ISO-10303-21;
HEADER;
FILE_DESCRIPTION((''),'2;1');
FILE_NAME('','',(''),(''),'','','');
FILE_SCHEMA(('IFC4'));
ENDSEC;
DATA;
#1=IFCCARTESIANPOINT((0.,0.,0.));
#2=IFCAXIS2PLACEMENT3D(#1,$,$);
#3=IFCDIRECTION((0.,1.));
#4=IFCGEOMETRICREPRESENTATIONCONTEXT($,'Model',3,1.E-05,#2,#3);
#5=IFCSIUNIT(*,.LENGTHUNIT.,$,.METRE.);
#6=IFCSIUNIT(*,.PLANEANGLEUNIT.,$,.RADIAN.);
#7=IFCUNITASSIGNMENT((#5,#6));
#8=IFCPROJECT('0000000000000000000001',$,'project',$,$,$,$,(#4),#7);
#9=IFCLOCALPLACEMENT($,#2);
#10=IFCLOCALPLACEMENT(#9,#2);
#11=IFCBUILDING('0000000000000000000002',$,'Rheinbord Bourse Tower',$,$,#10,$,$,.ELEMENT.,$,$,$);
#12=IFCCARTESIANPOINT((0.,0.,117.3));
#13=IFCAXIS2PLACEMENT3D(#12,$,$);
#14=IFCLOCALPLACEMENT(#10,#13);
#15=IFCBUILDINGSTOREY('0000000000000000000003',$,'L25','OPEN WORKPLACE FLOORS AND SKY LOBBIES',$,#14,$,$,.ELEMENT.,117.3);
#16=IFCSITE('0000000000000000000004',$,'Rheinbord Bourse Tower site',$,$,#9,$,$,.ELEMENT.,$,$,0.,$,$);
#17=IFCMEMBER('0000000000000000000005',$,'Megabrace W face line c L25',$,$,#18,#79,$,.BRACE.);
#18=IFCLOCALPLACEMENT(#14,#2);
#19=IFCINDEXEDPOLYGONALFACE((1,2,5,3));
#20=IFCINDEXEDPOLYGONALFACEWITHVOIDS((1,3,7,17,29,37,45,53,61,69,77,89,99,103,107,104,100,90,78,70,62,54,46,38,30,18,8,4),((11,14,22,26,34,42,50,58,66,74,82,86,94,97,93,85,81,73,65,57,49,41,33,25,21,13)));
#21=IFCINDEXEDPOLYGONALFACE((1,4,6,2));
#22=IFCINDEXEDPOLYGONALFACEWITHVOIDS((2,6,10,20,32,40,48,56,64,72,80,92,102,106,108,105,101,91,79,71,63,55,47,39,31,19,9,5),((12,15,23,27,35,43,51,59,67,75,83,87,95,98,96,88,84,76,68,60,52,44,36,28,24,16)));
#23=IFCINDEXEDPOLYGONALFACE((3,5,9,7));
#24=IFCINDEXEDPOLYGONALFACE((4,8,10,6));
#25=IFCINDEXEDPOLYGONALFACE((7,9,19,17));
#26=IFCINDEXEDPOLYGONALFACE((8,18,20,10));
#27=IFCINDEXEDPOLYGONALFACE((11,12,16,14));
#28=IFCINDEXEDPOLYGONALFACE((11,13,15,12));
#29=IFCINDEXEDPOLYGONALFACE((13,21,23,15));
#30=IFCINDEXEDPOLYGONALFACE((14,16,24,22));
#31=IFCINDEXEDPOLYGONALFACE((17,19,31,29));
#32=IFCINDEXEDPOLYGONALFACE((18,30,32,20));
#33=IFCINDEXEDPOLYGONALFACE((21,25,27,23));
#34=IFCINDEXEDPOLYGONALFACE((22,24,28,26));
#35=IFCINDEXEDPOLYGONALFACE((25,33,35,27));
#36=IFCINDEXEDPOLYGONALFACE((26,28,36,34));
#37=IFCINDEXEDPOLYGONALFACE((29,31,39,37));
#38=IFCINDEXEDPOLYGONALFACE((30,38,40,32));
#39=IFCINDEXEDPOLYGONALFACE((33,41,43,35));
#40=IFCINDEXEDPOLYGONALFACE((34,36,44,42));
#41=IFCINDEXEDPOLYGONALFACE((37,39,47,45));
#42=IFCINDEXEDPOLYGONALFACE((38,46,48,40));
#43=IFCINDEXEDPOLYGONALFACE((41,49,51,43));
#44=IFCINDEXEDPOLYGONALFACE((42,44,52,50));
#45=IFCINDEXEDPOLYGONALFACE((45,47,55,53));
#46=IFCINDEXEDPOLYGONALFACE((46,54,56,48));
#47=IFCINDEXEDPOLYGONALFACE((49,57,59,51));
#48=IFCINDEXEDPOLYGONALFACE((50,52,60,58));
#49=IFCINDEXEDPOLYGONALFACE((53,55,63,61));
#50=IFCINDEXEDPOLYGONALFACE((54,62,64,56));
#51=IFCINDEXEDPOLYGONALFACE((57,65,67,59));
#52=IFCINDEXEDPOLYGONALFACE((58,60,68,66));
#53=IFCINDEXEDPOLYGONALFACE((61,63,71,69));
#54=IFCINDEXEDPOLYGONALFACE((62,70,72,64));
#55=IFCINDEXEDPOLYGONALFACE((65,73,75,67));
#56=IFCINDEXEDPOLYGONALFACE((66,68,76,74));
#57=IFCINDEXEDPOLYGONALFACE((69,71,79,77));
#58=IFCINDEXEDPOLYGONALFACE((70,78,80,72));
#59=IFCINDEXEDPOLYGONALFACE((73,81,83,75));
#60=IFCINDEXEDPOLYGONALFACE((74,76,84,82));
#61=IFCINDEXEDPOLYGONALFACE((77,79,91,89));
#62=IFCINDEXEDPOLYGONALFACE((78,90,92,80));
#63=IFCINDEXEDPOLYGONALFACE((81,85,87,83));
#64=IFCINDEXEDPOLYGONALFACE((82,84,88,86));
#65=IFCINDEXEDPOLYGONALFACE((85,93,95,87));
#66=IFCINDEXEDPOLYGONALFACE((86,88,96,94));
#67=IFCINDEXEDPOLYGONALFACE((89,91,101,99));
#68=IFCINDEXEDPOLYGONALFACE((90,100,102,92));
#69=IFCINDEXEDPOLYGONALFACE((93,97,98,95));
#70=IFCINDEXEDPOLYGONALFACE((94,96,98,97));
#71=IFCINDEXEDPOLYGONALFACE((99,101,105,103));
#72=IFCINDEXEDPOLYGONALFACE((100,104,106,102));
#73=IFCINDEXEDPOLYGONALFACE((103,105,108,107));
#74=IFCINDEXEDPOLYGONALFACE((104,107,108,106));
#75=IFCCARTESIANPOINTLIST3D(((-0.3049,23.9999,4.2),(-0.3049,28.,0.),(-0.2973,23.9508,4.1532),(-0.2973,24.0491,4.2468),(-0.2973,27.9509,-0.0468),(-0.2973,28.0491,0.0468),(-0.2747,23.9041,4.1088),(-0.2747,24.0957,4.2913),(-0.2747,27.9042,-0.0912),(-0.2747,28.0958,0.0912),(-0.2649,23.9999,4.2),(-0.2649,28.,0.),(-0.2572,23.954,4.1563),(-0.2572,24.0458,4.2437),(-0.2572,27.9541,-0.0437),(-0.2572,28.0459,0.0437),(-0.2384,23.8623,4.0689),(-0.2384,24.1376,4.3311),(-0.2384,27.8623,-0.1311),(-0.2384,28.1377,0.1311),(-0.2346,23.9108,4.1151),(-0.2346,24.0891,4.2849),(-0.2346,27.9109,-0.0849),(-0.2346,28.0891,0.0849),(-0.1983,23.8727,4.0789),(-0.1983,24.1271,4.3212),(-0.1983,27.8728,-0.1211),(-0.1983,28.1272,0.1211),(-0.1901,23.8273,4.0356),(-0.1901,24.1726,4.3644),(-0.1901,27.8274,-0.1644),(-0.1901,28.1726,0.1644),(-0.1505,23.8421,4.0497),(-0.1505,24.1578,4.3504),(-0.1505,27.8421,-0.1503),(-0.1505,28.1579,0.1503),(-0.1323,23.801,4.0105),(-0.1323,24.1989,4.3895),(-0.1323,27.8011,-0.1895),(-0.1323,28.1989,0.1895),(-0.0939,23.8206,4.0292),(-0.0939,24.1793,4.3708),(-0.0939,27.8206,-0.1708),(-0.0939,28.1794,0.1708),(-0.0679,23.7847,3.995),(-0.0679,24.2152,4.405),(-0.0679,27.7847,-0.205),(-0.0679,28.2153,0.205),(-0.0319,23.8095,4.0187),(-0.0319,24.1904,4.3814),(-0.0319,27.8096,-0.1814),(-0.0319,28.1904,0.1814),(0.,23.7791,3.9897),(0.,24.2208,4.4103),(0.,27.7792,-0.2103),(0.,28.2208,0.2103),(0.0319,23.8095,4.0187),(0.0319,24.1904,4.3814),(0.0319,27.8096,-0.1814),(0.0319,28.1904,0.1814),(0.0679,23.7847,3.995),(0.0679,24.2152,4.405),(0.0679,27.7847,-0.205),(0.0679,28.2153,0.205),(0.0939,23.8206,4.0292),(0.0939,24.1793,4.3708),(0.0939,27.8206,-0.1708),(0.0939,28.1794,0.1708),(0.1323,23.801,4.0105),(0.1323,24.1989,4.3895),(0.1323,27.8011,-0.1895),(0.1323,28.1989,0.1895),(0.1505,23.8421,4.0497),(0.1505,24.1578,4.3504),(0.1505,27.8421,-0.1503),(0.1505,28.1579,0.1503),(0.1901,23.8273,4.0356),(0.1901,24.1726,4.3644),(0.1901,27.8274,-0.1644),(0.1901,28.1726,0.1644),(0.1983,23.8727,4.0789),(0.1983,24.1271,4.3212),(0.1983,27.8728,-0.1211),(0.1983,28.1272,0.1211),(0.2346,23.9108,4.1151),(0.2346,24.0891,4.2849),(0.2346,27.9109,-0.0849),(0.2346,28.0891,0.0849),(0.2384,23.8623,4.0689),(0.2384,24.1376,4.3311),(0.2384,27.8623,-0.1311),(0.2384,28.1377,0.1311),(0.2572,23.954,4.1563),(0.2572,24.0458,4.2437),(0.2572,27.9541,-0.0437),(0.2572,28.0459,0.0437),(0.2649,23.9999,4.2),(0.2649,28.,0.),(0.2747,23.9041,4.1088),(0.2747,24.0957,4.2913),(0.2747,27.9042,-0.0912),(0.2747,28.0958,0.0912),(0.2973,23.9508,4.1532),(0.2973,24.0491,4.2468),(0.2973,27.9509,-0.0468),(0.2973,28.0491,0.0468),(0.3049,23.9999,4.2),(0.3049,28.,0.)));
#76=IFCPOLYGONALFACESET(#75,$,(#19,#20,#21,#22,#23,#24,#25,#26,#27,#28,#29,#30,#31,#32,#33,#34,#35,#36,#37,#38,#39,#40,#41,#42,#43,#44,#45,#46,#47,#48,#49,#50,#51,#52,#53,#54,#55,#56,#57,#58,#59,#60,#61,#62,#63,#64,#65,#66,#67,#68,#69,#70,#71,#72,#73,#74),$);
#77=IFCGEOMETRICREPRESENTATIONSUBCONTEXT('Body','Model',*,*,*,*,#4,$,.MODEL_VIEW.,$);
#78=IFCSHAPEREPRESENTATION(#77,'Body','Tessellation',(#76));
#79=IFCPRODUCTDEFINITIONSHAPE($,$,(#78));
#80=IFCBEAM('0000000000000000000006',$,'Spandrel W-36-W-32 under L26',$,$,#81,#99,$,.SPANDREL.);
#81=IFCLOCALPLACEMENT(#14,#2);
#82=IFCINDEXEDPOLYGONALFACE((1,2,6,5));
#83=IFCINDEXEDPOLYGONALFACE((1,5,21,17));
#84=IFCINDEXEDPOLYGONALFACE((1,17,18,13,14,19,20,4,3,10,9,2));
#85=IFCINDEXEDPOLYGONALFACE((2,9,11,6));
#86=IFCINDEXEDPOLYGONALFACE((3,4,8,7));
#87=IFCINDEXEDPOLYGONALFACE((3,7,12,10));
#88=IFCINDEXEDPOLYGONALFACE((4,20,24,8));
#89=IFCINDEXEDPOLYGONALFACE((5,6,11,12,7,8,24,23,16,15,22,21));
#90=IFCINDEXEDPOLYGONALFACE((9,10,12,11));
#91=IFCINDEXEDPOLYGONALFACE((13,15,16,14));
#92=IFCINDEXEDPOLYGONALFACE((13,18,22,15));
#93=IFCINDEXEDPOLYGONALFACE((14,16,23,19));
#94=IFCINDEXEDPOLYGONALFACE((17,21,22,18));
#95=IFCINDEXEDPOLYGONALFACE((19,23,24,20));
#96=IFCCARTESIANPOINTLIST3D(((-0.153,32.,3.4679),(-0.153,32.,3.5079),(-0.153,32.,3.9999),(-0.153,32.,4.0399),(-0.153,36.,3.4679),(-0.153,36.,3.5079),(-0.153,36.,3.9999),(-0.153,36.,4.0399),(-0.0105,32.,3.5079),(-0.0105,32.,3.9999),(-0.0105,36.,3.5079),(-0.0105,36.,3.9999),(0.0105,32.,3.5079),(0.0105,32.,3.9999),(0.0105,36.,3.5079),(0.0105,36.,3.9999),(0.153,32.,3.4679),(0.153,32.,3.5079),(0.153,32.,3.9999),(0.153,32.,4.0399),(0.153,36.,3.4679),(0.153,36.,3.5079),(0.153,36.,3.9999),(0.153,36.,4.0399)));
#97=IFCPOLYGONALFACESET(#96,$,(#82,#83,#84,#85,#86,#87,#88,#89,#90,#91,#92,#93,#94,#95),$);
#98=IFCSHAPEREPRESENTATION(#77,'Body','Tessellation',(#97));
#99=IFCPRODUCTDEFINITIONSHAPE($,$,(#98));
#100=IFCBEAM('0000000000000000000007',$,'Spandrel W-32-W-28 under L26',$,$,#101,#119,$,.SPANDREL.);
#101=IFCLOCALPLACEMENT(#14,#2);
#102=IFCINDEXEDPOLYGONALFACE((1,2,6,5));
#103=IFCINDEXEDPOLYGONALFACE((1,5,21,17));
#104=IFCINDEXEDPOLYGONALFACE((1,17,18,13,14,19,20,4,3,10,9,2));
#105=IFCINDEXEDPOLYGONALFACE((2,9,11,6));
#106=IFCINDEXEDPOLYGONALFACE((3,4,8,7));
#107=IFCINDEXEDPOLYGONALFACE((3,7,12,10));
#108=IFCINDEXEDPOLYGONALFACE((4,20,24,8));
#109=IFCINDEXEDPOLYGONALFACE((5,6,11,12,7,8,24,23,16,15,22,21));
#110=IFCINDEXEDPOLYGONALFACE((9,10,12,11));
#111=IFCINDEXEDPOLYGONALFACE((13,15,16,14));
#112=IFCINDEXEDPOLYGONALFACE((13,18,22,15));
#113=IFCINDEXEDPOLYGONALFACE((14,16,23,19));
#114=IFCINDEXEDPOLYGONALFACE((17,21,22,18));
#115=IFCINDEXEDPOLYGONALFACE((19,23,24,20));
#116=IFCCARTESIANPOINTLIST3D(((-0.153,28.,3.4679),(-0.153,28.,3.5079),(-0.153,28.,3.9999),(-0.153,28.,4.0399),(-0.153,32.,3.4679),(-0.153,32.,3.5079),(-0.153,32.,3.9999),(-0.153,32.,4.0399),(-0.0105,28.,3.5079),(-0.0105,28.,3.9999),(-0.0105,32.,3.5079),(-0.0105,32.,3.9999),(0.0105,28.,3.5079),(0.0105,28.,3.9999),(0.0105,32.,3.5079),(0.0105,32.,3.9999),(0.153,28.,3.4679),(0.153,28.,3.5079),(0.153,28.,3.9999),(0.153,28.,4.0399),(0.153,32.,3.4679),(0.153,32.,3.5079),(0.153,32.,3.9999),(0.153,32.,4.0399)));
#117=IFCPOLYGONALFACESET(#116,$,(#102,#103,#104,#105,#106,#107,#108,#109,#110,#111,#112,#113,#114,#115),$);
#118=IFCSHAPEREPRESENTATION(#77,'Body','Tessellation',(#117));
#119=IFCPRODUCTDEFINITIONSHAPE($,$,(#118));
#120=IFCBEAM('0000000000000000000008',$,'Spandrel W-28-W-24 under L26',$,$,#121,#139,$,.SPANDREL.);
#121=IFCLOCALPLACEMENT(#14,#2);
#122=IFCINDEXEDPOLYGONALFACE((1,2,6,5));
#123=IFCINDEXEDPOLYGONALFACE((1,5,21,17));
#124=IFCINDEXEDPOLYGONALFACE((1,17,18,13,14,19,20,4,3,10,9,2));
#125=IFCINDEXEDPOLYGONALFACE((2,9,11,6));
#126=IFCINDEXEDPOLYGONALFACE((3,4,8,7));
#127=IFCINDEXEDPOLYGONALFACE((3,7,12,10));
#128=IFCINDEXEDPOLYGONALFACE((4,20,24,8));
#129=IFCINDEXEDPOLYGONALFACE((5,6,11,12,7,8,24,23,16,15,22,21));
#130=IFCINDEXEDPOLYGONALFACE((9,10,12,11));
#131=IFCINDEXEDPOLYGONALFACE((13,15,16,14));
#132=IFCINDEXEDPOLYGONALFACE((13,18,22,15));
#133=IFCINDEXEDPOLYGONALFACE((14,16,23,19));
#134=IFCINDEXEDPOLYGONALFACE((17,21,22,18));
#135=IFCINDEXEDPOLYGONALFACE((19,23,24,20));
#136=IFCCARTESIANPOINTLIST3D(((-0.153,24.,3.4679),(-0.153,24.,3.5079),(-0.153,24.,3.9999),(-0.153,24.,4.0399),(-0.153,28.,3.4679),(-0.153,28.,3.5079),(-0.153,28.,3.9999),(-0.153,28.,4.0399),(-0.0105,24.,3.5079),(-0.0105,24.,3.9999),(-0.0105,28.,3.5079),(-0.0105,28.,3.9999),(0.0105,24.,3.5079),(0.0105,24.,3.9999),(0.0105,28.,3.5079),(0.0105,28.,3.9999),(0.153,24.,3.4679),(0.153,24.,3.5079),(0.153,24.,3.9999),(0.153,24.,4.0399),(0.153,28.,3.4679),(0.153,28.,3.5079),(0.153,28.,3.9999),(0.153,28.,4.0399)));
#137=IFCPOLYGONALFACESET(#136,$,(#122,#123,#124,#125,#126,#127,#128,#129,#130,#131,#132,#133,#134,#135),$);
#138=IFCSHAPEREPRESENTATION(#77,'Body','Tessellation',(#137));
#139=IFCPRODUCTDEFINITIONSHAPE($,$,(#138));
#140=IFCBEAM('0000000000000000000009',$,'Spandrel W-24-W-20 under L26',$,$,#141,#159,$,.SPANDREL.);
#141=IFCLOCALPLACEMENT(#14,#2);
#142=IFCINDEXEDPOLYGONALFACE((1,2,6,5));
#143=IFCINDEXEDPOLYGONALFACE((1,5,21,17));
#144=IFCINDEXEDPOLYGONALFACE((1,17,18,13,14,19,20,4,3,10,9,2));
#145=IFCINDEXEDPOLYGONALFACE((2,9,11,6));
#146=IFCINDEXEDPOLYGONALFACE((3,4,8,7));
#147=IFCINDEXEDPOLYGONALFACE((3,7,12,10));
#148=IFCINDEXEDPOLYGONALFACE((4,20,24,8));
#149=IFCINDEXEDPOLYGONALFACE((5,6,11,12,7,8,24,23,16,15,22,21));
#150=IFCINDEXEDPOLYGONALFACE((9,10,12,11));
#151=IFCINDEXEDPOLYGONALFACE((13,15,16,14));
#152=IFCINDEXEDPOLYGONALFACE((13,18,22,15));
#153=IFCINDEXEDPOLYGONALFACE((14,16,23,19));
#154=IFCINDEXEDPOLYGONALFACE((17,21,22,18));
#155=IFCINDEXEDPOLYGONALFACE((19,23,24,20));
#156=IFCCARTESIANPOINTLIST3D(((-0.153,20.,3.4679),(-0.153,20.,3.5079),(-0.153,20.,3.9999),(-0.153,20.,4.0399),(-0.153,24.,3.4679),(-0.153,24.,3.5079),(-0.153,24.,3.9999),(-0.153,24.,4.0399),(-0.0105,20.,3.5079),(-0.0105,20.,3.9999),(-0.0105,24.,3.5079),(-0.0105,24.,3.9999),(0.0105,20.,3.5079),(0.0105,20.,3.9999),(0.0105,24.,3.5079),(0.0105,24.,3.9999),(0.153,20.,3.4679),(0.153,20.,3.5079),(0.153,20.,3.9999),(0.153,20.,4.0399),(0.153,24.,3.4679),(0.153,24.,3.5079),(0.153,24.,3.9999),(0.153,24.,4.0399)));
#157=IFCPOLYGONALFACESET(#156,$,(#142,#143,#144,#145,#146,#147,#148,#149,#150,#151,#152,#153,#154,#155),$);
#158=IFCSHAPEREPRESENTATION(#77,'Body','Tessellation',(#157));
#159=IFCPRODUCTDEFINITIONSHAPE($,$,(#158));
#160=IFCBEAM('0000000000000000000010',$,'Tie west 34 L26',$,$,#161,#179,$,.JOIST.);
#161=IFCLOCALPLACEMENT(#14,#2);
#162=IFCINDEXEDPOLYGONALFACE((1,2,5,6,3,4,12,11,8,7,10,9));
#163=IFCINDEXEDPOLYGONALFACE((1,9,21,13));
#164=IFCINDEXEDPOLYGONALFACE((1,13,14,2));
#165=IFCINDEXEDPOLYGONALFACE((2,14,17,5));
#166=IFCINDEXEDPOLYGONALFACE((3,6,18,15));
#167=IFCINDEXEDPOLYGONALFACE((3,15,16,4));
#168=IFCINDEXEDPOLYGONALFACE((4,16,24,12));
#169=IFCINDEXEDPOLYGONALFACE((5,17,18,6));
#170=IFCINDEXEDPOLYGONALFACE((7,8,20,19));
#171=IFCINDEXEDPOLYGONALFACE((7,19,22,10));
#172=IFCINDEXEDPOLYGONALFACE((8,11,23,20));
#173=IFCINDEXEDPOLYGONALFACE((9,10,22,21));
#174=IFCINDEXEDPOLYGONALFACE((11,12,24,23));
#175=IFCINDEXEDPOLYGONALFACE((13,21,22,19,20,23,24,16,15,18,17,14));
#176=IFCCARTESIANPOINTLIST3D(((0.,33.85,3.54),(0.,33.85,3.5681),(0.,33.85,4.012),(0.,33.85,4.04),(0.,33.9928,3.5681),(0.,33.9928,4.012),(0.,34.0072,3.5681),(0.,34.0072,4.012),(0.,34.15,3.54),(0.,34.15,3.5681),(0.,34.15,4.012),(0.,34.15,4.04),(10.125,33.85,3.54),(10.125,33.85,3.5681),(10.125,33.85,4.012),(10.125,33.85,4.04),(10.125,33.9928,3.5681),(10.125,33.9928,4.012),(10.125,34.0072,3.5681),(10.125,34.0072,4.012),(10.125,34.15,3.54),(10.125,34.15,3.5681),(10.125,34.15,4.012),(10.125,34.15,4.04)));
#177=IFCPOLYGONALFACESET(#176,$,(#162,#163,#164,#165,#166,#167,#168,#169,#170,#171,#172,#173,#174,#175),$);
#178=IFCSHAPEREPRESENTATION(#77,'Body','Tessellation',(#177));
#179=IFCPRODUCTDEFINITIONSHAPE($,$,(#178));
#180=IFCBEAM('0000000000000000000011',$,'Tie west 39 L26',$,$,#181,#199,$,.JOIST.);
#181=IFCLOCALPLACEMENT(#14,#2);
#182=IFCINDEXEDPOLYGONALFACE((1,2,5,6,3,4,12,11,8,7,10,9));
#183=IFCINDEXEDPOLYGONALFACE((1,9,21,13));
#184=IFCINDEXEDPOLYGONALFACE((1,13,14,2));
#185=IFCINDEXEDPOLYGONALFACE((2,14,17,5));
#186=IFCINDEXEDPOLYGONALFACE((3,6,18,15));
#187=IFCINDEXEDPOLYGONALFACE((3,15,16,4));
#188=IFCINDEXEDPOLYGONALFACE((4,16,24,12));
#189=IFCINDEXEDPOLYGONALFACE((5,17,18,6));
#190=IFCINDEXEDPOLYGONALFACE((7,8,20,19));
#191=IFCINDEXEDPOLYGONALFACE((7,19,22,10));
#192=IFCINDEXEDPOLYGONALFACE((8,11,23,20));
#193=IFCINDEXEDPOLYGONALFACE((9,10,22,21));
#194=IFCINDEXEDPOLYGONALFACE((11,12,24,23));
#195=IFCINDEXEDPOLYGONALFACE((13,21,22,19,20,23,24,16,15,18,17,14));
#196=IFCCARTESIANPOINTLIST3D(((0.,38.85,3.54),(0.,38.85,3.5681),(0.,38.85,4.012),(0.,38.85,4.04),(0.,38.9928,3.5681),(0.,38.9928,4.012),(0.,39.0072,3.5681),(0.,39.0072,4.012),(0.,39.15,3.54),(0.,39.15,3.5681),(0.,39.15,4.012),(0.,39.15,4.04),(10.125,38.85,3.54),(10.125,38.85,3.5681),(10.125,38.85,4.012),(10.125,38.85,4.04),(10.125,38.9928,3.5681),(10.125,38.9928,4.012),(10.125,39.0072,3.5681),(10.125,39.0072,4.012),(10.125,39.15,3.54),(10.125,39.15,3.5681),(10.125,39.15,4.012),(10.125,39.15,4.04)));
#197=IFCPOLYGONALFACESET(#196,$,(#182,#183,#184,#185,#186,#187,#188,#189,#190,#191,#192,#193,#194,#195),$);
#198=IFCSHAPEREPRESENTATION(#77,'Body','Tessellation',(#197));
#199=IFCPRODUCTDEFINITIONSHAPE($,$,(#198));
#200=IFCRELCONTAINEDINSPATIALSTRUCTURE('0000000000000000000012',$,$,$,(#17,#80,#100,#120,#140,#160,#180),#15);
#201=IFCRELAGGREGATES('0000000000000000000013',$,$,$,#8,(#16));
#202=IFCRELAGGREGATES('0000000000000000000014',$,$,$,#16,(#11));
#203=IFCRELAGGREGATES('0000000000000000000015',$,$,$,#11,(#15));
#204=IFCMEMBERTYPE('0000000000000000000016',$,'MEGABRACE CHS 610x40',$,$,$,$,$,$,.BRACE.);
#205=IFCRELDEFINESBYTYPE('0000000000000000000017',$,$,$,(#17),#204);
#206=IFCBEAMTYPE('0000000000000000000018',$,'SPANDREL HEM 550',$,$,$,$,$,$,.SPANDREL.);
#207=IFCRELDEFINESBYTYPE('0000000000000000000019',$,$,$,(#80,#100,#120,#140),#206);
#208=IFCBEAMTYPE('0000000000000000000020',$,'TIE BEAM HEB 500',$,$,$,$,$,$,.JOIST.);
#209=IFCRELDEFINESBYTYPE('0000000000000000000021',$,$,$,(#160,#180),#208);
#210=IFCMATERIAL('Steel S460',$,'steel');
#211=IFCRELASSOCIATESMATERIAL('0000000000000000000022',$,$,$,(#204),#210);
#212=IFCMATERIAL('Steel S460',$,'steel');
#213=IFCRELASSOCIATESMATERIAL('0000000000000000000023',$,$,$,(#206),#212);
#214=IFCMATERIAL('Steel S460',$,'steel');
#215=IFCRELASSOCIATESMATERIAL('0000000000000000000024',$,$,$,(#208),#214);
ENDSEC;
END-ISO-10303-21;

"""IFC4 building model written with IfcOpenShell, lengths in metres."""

from ifc_helpers import new_model, si_unit, direction, frame, origin, origin_2d, place, context, subcontext, project, spatial, hollow_circle, i_section, extrude, material, material_profile, profile_set, type_object, element, save


model = new_model("IFC4")

# Units and contexts
model_context = context("Model", 3, precision=1e-05, world=origin(), true_north=direction((0.0, 1.0)))
body_context = subcontext(model_context, "Body", "Model", "MODEL_VIEW")
ifc_project = project(units=[si_unit("LENGTHUNIT", "METRE"), si_unit("PLANEANGLEUNIT", "RADIAN")], contexts=[model_context])

# Site, building, storey
site_placement = place(None, origin())
site = spatial("IfcSite", under=ifc_project, at=site_placement, Name="Rheinbord Bourse Tower site", CompositionType="ELEMENT", RefElevation=0.0)
building_placement = place(site_placement, origin())
building = spatial("IfcBuilding", under=site, at=building_placement, Name="Rheinbord Bourse Tower", CompositionType="ELEMENT")
storey_placement = place(building_placement, frame((0.0, 0.0, 117.3)))
storey = spatial("IfcBuildingStorey", under=building, at=storey_placement, Name="L25", Description="OPEN WORKPLACE FLOORS AND SKY LOBBIES", CompositionType="ELEMENT", Elevation=117.3)

# Member
ifc_material_1 = material(Name="Steel S460", Category="steel")
ifc_material_profile_1 = material_profile(ifc_material_1, hollow_circle(Radius=0.3049, WallThickness=0.04, at=origin_2d()), Name="CHS 610x40")
ifc_profile_set_1 = profile_set([ifc_material_profile_1], Name="Steel S460")
member_type_1 = type_object("IfcMemberType", Name="MEGABRACE CHS 610x40", PredefinedType="BRACE", material=ifc_profile_set_1)
member_1_placement = place(storey_placement, frame((0.0, 28.0, 0.0), z_axis=(0.0, -0.689659, 0.724134), x_axis=(1.0, 0.0, 0.0)))
element("IfcMember", 1, at=member_1_placement, inside=storey, type_object=member_type_1, Name="Megabrace W face line c L25", PredefinedType="BRACE", context=body_context, shape_type="SweptSolid", body=[
    extrude(hollow_circle(Radius=0.3049, WallThickness=0.04, at=origin_2d()), origin(), (0.0, 0.0, 1.0), 5.8),
])

# Beams
ifc_material_2 = material(Name="Steel S460", Category="steel")
ifc_material_profile_2 = material_profile(ifc_material_2, i_section(OverallWidth=0.3059, OverallDepth=0.572, WebThickness=0.021, FlangeThickness=0.04, at=origin_2d()), Name="HEM 550")
ifc_profile_set_2 = profile_set([ifc_material_profile_2], Name="Steel S460")
beam_type_1 = type_object("IfcBeamType", Name="SPANDREL HEM 550", PredefinedType="SPANDREL", material=ifc_profile_set_2)
for number, where, z_axis, x_axis, name in (
    (2, (0.0, 36.0, 3.7539), (0.0, -1.0, 0.0), (1.0, 0.0, 0.0), "Spandrel W-36-W-32 under L26"),
    (3, (0.0, 32.0, 3.7539), (0.0, -1.0, 0.0), (1.0, 0.0, 0.0), "Spandrel W-32-W-28 under L26"),
    (4, (0.0, 28.0, 3.7539), (0.0, -1.0, 0.0), (1.0, 0.0, 0.0), "Spandrel W-28-W-24 under L26"),
    (5, (0.0, 24.0, 3.7539), (0.0, -1.0, 0.0), (1.0, 0.0, 0.0), "Spandrel W-24-W-20 under L26"),
):
    element("IfcBeam", number, at=place(storey_placement, frame(where, z_axis=z_axis, x_axis=x_axis)), inside=storey, type_object=beam_type_1, Name=name, PredefinedType="SPANDREL", context=body_context, shape_type="SweptSolid", body=[
        extrude(i_section(OverallWidth=0.3059, OverallDepth=0.572, WebThickness=0.021, FlangeThickness=0.04, at=origin_2d()), origin(), (0.0, 0.0, 1.0), 4.0),
    ])
ifc_material_3 = material(Name="Steel S460", Category="steel")
ifc_material_profile_3 = material_profile(ifc_material_3, i_section(OverallWidth=0.3, OverallDepth=0.5, WebThickness=0.0144, FlangeThickness=0.0281, at=origin_2d()), Name="HEB 500")
ifc_profile_set_3 = profile_set([ifc_material_profile_3], Name="Steel S460")
beam_type_2 = type_object("IfcBeamType", Name="TIE BEAM HEB 500", PredefinedType="JOIST", material=ifc_profile_set_3)
for number, where, z_axis, x_axis, name in (
    (6, (0.0, 34.0, 3.79), (1.0, 0.0, 0.0), (0.0, 1.0, 0.0), "Tie west 34 L26"),
    (7, (0.0, 39.0, 3.79), (1.0, 0.0, 0.0), (0.0, 1.0, 0.0), "Tie west 39 L26"),
):
    element("IfcBeam", number, at=place(storey_placement, frame(where, z_axis=z_axis, x_axis=x_axis)), inside=storey, type_object=beam_type_2, Name=name, PredefinedType="JOIST", context=body_context, shape_type="SweptSolid", body=[
        extrude(i_section(OverallWidth=0.3, OverallDepth=0.5, WebThickness=0.0144, FlangeThickness=0.0281, at=origin_2d()), origin(), (0.0, 0.0, 1.0), 10.125),
    ])

save(model, "model.ifc")
